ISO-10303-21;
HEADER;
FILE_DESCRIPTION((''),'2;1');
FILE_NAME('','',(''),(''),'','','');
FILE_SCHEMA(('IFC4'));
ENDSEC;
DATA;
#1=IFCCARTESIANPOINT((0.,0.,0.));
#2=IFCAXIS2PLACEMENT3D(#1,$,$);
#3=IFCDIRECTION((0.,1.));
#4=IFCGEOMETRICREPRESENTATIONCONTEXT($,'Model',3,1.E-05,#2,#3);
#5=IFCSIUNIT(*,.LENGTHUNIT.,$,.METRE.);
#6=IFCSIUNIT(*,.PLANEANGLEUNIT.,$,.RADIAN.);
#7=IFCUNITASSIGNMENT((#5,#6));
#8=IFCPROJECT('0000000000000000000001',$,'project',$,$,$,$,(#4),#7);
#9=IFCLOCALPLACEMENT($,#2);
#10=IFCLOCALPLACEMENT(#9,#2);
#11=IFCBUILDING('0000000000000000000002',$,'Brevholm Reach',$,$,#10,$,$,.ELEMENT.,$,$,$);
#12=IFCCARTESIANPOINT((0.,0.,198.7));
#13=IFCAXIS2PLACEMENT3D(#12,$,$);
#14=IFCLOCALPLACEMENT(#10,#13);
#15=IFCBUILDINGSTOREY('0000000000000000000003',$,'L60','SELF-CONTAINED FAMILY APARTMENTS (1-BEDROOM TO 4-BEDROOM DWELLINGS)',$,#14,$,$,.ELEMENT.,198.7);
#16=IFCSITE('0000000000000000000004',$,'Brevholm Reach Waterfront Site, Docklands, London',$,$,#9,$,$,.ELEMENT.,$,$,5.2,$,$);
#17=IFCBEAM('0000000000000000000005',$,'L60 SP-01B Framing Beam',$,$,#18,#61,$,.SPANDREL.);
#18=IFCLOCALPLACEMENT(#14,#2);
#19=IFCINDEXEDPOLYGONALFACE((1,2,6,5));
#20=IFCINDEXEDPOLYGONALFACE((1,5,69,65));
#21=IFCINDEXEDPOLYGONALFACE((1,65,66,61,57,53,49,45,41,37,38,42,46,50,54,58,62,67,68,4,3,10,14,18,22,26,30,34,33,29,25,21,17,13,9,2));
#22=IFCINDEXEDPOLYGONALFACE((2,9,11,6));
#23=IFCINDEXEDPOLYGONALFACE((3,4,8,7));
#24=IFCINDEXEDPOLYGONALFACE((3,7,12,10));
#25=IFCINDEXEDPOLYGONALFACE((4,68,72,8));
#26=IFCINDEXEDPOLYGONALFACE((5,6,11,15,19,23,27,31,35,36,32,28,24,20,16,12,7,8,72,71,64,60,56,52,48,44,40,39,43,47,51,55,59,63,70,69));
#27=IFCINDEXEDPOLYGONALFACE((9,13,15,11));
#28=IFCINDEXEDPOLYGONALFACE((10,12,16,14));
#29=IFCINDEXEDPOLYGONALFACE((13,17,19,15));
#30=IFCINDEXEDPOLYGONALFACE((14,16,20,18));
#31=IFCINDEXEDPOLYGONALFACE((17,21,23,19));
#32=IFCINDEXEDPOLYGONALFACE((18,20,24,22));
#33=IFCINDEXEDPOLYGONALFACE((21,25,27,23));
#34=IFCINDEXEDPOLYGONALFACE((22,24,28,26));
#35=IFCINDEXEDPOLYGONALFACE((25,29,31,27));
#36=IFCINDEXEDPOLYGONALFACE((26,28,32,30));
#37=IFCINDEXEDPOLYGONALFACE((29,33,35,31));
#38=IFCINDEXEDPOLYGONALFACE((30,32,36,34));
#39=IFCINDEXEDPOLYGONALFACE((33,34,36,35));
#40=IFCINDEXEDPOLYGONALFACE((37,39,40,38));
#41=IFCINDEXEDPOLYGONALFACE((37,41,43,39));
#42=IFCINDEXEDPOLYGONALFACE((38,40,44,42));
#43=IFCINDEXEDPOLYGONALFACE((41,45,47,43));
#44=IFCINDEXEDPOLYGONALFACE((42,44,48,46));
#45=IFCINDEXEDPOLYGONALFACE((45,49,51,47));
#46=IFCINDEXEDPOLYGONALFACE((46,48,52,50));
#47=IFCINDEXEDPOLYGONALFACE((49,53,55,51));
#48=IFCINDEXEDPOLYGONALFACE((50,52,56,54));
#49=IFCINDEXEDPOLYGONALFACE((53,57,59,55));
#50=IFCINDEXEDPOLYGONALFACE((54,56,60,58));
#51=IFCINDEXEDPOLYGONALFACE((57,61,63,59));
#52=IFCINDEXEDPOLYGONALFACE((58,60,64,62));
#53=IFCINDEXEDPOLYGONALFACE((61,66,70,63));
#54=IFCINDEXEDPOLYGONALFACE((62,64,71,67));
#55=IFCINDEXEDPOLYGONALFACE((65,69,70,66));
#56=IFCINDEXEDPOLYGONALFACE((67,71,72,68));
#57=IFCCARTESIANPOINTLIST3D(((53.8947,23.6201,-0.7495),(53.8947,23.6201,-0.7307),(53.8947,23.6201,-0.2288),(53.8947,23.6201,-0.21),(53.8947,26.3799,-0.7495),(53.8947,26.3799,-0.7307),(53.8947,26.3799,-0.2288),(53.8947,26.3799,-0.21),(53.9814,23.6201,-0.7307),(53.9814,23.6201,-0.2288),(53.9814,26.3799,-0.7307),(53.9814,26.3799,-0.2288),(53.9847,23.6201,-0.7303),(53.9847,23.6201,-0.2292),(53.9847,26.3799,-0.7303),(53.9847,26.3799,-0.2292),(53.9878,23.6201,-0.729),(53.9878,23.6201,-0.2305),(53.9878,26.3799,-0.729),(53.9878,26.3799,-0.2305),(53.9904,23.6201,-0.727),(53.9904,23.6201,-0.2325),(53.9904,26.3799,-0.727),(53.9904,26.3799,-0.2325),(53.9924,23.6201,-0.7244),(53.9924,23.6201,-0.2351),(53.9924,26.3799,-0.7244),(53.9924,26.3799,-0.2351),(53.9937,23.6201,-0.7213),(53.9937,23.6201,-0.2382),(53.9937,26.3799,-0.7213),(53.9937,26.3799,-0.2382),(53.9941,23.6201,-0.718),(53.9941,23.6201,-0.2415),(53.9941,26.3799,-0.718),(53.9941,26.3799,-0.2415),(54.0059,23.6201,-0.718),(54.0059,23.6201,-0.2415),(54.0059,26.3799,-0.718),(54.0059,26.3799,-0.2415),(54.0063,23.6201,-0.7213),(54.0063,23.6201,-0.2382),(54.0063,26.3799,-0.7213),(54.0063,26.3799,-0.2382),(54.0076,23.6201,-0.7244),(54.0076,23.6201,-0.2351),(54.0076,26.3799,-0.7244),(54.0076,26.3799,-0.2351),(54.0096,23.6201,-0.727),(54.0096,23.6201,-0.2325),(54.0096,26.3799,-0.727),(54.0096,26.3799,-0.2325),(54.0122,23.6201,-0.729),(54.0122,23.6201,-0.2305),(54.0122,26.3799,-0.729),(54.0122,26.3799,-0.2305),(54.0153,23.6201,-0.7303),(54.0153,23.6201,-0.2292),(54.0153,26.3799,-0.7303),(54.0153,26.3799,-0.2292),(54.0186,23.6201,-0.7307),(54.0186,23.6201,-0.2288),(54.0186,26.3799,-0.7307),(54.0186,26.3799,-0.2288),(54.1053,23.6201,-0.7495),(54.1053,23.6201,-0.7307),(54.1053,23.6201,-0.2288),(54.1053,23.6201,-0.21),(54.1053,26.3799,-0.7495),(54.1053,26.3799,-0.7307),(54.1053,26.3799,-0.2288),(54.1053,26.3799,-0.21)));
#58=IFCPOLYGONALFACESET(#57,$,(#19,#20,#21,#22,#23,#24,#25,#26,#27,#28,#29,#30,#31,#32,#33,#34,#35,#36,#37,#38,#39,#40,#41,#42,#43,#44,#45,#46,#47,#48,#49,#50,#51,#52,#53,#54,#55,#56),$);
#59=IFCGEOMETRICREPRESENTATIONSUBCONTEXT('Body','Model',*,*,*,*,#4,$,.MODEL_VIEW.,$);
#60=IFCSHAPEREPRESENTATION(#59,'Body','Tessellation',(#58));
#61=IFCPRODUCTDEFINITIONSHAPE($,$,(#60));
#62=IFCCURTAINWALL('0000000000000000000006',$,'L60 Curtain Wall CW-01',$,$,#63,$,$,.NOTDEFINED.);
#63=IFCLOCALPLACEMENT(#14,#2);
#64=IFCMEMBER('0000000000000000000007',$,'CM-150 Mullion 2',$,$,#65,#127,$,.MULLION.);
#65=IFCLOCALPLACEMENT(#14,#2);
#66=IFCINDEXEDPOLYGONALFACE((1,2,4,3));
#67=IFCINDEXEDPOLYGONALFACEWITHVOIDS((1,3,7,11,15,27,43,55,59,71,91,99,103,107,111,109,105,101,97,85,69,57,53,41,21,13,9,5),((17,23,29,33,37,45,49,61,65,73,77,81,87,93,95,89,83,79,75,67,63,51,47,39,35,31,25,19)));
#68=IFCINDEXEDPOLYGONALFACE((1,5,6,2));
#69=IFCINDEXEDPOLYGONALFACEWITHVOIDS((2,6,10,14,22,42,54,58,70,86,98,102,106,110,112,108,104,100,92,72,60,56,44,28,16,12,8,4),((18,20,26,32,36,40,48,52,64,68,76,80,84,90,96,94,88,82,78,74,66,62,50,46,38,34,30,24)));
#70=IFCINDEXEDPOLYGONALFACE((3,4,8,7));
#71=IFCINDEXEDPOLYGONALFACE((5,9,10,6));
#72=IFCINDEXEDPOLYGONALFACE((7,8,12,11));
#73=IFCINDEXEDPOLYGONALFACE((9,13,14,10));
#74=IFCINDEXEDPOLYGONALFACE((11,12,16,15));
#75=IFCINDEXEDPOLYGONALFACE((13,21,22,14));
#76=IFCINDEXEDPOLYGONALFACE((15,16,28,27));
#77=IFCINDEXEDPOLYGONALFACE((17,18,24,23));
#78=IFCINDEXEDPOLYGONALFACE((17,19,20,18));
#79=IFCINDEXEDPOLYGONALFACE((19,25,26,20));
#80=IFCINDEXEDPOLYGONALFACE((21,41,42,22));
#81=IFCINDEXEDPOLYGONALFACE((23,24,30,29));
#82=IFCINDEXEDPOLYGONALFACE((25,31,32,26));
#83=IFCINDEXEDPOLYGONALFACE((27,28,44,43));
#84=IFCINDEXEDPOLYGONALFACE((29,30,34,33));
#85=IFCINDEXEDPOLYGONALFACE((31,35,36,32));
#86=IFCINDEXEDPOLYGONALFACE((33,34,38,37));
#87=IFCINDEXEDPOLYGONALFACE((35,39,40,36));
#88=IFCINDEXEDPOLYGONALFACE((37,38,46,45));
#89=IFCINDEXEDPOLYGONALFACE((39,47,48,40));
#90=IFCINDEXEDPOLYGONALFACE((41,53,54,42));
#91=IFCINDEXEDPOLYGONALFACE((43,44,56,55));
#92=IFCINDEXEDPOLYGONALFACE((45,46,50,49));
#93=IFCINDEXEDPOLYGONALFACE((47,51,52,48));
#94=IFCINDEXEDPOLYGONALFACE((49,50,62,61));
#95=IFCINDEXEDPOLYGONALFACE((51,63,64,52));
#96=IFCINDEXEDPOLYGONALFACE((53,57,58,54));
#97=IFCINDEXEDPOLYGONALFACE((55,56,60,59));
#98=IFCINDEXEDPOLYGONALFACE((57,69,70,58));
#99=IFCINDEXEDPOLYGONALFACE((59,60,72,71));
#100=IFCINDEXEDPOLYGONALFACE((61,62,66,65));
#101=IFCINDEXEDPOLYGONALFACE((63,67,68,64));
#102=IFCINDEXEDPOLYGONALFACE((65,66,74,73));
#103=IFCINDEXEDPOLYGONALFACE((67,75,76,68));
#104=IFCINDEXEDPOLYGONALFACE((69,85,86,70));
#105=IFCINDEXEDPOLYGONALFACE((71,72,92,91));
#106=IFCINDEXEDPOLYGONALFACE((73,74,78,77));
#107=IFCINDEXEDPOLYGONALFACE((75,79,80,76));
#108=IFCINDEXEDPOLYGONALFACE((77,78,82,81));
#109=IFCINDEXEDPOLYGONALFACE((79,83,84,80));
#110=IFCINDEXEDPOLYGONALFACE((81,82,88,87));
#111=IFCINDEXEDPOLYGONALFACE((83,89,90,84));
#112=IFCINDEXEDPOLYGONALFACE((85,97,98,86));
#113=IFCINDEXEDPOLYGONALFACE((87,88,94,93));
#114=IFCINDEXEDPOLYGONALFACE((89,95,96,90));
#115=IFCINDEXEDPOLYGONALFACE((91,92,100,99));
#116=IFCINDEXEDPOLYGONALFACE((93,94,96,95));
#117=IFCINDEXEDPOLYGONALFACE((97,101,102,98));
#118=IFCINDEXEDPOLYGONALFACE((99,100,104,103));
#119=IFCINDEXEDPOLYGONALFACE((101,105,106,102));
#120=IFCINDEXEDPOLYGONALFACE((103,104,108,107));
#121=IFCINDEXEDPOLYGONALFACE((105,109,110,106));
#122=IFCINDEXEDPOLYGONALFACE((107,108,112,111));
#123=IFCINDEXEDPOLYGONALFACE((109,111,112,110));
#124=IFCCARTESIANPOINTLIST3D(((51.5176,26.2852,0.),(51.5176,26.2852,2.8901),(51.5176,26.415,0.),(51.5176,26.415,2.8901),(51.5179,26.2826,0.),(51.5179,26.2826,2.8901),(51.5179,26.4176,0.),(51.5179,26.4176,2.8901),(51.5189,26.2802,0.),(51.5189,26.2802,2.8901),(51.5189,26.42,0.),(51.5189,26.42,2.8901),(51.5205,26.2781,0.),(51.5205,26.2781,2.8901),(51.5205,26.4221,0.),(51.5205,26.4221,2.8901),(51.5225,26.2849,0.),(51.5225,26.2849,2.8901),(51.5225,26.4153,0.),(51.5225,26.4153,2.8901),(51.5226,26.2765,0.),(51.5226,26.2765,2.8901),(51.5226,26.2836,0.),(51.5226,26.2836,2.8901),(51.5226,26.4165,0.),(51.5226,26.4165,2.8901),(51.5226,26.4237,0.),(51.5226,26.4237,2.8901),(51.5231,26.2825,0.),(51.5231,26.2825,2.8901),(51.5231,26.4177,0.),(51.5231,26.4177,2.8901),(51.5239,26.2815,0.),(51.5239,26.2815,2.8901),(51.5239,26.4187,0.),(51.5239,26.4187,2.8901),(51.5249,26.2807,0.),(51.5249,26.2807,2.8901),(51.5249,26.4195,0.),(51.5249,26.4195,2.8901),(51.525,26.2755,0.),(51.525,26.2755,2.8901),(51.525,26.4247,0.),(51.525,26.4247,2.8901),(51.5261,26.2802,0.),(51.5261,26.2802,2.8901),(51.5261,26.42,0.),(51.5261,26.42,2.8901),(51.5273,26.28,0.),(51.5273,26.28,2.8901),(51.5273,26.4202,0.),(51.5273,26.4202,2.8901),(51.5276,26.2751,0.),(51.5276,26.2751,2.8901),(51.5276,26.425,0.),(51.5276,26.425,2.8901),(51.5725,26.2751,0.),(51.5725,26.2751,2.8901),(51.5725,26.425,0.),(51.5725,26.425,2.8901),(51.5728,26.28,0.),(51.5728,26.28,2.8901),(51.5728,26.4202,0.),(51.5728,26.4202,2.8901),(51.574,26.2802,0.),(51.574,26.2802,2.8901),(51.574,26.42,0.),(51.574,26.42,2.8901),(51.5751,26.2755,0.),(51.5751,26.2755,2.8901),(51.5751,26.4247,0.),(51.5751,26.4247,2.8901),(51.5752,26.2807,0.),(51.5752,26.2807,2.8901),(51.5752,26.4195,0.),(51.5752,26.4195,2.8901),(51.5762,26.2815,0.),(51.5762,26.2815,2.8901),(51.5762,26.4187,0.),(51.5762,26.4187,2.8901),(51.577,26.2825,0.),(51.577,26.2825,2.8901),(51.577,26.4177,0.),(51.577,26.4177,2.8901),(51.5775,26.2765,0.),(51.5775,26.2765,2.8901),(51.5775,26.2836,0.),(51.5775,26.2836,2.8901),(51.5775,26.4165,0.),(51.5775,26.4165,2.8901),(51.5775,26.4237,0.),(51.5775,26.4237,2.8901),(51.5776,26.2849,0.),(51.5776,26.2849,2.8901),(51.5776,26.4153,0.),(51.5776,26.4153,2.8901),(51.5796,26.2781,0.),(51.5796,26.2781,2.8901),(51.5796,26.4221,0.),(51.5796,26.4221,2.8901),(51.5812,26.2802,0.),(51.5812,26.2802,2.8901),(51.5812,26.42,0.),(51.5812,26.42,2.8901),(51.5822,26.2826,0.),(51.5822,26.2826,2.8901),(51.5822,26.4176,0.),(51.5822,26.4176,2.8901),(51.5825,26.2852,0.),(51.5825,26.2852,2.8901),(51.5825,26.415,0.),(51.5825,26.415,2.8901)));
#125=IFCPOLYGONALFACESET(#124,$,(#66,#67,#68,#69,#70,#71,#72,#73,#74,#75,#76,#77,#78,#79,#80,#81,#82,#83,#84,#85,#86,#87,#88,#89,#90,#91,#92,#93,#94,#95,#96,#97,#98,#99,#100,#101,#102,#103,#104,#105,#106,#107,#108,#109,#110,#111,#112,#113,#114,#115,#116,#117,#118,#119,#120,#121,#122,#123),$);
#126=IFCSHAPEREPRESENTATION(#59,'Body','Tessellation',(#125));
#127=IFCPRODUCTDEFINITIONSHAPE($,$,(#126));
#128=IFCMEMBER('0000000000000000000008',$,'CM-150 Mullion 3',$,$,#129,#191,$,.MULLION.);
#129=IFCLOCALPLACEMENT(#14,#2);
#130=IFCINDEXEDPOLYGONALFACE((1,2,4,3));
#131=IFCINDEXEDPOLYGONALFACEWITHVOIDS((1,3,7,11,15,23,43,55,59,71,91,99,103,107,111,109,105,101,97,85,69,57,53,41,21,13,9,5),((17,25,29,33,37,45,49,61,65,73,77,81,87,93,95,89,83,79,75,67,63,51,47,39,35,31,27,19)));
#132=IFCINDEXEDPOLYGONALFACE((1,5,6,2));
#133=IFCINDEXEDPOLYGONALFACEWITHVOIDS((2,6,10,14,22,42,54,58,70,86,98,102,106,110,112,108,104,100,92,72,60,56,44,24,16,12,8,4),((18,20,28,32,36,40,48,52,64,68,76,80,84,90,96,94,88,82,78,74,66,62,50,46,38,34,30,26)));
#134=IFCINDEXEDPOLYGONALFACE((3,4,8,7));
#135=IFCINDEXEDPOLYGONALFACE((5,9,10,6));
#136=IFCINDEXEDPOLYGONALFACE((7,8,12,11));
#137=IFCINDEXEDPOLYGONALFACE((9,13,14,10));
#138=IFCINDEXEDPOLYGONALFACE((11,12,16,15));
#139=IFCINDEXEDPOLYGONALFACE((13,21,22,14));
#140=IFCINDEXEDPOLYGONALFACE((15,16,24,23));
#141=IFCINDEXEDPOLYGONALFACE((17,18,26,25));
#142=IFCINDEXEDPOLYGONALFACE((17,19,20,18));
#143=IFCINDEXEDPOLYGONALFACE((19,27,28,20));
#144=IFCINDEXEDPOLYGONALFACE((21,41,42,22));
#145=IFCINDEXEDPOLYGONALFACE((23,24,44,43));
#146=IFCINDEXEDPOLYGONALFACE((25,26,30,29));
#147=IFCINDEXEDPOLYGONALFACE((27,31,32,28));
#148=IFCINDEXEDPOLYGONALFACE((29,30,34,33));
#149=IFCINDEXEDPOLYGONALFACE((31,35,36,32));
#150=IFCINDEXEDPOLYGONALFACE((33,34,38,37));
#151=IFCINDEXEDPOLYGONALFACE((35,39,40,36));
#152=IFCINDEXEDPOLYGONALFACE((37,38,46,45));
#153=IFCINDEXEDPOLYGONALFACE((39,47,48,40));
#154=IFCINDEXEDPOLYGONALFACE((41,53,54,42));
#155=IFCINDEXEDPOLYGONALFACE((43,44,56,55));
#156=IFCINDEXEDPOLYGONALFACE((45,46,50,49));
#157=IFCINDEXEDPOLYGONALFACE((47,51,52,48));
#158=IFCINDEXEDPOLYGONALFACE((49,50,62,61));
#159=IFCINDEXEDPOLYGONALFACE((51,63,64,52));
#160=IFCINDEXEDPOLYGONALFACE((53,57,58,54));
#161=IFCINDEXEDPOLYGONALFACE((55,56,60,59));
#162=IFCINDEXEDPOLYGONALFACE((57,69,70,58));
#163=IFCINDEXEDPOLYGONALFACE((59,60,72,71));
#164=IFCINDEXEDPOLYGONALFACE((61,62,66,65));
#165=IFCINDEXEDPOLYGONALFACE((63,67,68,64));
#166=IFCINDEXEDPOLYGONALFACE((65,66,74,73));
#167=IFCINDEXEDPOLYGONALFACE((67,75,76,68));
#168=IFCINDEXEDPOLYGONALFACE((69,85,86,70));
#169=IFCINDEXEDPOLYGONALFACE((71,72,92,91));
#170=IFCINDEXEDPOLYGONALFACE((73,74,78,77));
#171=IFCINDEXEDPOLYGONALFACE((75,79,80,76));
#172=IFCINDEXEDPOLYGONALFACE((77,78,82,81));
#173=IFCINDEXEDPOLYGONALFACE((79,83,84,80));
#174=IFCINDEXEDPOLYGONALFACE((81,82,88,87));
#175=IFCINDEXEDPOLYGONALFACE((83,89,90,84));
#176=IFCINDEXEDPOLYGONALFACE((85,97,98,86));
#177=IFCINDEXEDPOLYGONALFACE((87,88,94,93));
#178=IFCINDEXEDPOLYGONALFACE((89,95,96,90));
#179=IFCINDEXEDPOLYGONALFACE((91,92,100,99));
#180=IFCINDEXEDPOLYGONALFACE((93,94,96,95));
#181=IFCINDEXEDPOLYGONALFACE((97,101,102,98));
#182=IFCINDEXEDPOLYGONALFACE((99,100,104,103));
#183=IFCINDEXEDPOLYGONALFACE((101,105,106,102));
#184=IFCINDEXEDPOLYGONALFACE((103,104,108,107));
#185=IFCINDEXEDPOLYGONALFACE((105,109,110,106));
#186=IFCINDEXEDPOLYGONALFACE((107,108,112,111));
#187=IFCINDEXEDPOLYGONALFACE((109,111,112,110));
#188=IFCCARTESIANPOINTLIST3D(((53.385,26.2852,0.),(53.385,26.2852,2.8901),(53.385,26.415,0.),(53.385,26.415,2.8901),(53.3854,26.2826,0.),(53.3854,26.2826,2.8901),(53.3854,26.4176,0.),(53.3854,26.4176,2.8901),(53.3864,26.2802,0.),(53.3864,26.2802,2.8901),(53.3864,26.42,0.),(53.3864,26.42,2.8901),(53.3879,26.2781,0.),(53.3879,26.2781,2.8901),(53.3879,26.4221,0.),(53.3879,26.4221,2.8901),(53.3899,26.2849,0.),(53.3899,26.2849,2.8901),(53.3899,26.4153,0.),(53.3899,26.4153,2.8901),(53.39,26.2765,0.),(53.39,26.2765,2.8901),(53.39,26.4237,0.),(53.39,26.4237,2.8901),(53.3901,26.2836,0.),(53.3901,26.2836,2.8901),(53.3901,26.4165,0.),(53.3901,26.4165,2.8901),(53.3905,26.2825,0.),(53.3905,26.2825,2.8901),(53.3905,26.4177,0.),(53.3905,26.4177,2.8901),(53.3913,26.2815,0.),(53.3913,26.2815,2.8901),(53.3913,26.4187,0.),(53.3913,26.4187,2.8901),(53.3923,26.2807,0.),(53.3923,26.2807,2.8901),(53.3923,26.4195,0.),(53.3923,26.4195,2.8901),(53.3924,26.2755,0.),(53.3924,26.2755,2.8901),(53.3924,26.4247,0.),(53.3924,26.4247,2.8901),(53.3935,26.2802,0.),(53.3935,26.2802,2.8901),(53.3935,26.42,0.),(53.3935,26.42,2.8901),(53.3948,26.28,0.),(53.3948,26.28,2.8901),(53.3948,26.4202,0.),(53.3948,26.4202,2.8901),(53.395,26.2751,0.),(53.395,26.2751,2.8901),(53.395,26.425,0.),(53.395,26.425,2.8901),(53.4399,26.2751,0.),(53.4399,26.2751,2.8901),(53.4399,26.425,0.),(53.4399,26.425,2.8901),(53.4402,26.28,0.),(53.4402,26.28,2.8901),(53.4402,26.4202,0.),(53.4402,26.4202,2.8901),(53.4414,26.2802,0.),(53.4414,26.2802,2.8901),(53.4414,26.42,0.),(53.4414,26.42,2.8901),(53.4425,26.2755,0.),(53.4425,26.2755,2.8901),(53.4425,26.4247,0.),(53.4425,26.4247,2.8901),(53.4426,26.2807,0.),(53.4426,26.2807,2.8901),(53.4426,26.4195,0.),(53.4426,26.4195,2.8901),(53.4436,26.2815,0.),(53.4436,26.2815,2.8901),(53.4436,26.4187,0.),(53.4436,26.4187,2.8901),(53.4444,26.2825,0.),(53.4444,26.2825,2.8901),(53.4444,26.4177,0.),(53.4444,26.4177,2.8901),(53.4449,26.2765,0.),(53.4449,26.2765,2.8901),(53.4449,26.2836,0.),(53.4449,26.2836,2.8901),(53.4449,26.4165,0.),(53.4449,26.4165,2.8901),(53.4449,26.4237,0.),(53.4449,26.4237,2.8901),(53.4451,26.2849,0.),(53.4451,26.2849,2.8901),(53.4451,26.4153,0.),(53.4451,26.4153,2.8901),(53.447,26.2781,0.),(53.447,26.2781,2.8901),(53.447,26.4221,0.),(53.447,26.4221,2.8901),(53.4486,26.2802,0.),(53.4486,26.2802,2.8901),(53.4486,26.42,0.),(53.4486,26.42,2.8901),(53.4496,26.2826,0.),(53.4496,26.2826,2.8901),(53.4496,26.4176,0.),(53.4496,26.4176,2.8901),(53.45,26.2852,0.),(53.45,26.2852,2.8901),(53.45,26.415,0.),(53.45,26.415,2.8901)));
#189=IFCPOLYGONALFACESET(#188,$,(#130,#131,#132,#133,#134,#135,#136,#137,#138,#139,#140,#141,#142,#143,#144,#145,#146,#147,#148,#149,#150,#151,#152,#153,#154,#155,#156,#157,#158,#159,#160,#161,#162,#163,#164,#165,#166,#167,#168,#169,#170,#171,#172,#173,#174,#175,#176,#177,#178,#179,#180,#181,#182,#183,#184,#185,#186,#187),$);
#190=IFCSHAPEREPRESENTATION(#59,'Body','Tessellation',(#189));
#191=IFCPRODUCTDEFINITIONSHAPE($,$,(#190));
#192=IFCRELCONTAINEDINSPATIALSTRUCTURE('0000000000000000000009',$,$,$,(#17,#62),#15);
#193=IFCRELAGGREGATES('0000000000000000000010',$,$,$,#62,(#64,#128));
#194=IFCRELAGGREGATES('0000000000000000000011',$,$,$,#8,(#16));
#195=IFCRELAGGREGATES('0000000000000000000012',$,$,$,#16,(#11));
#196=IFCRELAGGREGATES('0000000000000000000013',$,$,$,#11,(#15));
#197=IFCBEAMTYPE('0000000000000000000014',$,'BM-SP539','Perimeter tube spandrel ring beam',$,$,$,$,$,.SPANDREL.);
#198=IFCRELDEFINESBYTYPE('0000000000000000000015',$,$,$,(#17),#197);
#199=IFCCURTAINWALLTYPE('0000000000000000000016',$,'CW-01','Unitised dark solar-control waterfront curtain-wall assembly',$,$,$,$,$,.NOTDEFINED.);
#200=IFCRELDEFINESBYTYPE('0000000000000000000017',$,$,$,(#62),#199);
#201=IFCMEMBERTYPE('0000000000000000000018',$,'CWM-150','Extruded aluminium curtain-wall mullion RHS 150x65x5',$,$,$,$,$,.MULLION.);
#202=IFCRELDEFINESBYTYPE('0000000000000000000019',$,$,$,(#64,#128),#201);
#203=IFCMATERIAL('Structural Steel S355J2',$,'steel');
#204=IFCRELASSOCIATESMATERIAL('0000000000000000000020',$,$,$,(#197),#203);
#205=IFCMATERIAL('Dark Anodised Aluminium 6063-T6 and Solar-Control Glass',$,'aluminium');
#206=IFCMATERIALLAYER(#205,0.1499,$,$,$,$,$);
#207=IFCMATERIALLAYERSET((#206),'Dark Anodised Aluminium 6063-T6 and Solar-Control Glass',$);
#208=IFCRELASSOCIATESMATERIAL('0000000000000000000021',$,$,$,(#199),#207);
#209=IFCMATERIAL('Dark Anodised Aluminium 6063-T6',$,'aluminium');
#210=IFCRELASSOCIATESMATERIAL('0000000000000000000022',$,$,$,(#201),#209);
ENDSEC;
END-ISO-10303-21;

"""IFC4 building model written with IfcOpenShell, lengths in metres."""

from ifc_helpers import new_model, si_unit, direction, frame, origin, origin_2d, place, context, subcontext, project, spatial, hollow_rectangle, i_section, extrude, material, layer, layer_set, material_profile, profile_set, type_object, element, aggregate, save


model = new_model("IFC4")

# Units and contexts
model_context = context("Model", 3, precision=1e-05, world=origin(), true_north=direction((0.0, 1.0)))
body_context = subcontext(model_context, "Body", "Model", "MODEL_VIEW")
ifc_project = project(units=[si_unit("LENGTHUNIT", "METRE"), si_unit("PLANEANGLEUNIT", "RADIAN")], contexts=[model_context])

# Site, building, storey
site_placement = place(None, origin())
site = spatial("IfcSite", under=ifc_project, at=site_placement, Name="Brevholm Reach Waterfront Site, Docklands, London", CompositionType="ELEMENT", RefElevation=5.2)
building_placement = place(site_placement, origin())
building = spatial("IfcBuilding", under=site, at=building_placement, Name="Brevholm Reach", CompositionType="ELEMENT")
storey_placement = place(building_placement, frame((0.0, 0.0, 198.7)))
storey = spatial("IfcBuildingStorey", under=building, at=storey_placement, Name="L60", Description="SELF-CONTAINED FAMILY APARTMENTS (1-BEDROOM TO 4-BEDROOM DWELLINGS)", CompositionType="ELEMENT", Elevation=198.7)

# Beam
ifc_material_1 = material(Name="Structural Steel S355J2", Category="steel")
ifc_material_profile_1 = material_profile(ifc_material_1, i_section(OverallWidth=0.2107, OverallDepth=0.5396, WebThickness=0.0117, FlangeThickness=0.0188, FilletRadius=0.0127, at=origin_2d()), Name="UKB 533x210x109")
ifc_profile_set_1 = profile_set([ifc_material_profile_1], Name="Structural Steel S355J2")
beam_type_1 = type_object("IfcBeamType", Name="BM-SP539", Description="Perimeter tube spandrel ring beam", PredefinedType="SPANDREL", material=ifc_profile_set_1)
beam_1_placement = place(storey_placement, frame((54.0, 23.6201, -0.4797), z_axis=(0.0, 1.0, 0.0), x_axis=(-1.0, 0.0, 0.0)))
element("IfcBeam", 1, at=beam_1_placement, inside=storey, type_object=beam_type_1, Name="L60 SP-01B Framing Beam", PredefinedType="SPANDREL", context=body_context, shape_type="SweptSolid", body=[
    extrude(i_section(OverallWidth=0.2107, OverallDepth=0.5396, WebThickness=0.0117, FlangeThickness=0.0188, FilletRadius=0.0127, at=origin_2d()), origin(), (0.0, 0.0, 1.0), 2.7598),
])

# Curtain wall, members
ifc_material_2 = material(Name="Dark Anodised Aluminium 6063-T6 and Solar-Control Glass", Category="aluminium")
ifc_layer_1 = layer(ifc_material_2, 0.1499)
ifc_layer_set_1 = layer_set([ifc_layer_1], Name="Dark Anodised Aluminium 6063-T6 and Solar-Control Glass")
curtain_wall_type = type_object("IfcCurtainWallType", Name="CW-01", Description="Unitised dark solar-control waterfront curtain-wall assembly", PredefinedType="NOTDEFINED", material=ifc_layer_set_1)
curtain_wall_placement = place(storey_placement, origin())
curtain_wall = element("IfcCurtainWall", 2, at=curtain_wall_placement, inside=storey, type_object=curtain_wall_type, Name="L60 Curtain Wall CW-01", PredefinedType="NOTDEFINED")
ifc_material_3 = material(Name="Dark Anodised Aluminium 6063-T6", Category="aluminium")
ifc_material_profile_2 = material_profile(ifc_material_3, hollow_rectangle(XDim=0.0649, YDim=0.1499, WallThickness=0.0049, InnerFilletRadius=0.0049, OuterFilletRadius=0.01, at=origin_2d()), Name="RHS 150x65x5")
ifc_profile_set_2 = profile_set([ifc_material_profile_2], Name="Dark Anodised Aluminium 6063-T6")
member_type_1 = type_object("IfcMemberType", Name="CWM-150", Description="Extruded aluminium curtain-wall mullion RHS 150x65x5", PredefinedType="MULLION", material=ifc_profile_set_2)
member_1_placement = place(storey_placement, frame((51.55, 26.3501, 0.0), z_axis=(0.0, 0.0, 1.0), x_axis=(1.0, 0.0, 0.0)))
member_1 = element("IfcMember", 3, at=member_1_placement, type_object=member_type_1, Name="CM-150 Mullion 2", PredefinedType="MULLION", context=body_context, shape_type="SweptSolid", body=[
    extrude(hollow_rectangle(XDim=0.0649, YDim=0.1499, WallThickness=0.0049, InnerFilletRadius=0.0049, OuterFilletRadius=0.01, at=origin_2d()), origin(), (0.0, 0.0, 1.0), 2.8901),
])
member_2_placement = place(storey_placement, frame((53.4175, 26.3501, 0.0), z_axis=(0.0, 0.0, 1.0), x_axis=(1.0, 0.0, 0.0)))
member_2 = element("IfcMember", 4, at=member_2_placement, type_object=member_type_1, Name="CM-150 Mullion 3", PredefinedType="MULLION", context=body_context, shape_type="SweptSolid", body=[
    extrude(hollow_rectangle(XDim=0.0649, YDim=0.1499, WallThickness=0.0049, InnerFilletRadius=0.0049, OuterFilletRadius=0.01, at=origin_2d()), origin(), (0.0, 0.0, 1.0), 2.8901),
])
aggregate(curtain_wall, [member_1, member_2])

save(model, "model.ifc")
